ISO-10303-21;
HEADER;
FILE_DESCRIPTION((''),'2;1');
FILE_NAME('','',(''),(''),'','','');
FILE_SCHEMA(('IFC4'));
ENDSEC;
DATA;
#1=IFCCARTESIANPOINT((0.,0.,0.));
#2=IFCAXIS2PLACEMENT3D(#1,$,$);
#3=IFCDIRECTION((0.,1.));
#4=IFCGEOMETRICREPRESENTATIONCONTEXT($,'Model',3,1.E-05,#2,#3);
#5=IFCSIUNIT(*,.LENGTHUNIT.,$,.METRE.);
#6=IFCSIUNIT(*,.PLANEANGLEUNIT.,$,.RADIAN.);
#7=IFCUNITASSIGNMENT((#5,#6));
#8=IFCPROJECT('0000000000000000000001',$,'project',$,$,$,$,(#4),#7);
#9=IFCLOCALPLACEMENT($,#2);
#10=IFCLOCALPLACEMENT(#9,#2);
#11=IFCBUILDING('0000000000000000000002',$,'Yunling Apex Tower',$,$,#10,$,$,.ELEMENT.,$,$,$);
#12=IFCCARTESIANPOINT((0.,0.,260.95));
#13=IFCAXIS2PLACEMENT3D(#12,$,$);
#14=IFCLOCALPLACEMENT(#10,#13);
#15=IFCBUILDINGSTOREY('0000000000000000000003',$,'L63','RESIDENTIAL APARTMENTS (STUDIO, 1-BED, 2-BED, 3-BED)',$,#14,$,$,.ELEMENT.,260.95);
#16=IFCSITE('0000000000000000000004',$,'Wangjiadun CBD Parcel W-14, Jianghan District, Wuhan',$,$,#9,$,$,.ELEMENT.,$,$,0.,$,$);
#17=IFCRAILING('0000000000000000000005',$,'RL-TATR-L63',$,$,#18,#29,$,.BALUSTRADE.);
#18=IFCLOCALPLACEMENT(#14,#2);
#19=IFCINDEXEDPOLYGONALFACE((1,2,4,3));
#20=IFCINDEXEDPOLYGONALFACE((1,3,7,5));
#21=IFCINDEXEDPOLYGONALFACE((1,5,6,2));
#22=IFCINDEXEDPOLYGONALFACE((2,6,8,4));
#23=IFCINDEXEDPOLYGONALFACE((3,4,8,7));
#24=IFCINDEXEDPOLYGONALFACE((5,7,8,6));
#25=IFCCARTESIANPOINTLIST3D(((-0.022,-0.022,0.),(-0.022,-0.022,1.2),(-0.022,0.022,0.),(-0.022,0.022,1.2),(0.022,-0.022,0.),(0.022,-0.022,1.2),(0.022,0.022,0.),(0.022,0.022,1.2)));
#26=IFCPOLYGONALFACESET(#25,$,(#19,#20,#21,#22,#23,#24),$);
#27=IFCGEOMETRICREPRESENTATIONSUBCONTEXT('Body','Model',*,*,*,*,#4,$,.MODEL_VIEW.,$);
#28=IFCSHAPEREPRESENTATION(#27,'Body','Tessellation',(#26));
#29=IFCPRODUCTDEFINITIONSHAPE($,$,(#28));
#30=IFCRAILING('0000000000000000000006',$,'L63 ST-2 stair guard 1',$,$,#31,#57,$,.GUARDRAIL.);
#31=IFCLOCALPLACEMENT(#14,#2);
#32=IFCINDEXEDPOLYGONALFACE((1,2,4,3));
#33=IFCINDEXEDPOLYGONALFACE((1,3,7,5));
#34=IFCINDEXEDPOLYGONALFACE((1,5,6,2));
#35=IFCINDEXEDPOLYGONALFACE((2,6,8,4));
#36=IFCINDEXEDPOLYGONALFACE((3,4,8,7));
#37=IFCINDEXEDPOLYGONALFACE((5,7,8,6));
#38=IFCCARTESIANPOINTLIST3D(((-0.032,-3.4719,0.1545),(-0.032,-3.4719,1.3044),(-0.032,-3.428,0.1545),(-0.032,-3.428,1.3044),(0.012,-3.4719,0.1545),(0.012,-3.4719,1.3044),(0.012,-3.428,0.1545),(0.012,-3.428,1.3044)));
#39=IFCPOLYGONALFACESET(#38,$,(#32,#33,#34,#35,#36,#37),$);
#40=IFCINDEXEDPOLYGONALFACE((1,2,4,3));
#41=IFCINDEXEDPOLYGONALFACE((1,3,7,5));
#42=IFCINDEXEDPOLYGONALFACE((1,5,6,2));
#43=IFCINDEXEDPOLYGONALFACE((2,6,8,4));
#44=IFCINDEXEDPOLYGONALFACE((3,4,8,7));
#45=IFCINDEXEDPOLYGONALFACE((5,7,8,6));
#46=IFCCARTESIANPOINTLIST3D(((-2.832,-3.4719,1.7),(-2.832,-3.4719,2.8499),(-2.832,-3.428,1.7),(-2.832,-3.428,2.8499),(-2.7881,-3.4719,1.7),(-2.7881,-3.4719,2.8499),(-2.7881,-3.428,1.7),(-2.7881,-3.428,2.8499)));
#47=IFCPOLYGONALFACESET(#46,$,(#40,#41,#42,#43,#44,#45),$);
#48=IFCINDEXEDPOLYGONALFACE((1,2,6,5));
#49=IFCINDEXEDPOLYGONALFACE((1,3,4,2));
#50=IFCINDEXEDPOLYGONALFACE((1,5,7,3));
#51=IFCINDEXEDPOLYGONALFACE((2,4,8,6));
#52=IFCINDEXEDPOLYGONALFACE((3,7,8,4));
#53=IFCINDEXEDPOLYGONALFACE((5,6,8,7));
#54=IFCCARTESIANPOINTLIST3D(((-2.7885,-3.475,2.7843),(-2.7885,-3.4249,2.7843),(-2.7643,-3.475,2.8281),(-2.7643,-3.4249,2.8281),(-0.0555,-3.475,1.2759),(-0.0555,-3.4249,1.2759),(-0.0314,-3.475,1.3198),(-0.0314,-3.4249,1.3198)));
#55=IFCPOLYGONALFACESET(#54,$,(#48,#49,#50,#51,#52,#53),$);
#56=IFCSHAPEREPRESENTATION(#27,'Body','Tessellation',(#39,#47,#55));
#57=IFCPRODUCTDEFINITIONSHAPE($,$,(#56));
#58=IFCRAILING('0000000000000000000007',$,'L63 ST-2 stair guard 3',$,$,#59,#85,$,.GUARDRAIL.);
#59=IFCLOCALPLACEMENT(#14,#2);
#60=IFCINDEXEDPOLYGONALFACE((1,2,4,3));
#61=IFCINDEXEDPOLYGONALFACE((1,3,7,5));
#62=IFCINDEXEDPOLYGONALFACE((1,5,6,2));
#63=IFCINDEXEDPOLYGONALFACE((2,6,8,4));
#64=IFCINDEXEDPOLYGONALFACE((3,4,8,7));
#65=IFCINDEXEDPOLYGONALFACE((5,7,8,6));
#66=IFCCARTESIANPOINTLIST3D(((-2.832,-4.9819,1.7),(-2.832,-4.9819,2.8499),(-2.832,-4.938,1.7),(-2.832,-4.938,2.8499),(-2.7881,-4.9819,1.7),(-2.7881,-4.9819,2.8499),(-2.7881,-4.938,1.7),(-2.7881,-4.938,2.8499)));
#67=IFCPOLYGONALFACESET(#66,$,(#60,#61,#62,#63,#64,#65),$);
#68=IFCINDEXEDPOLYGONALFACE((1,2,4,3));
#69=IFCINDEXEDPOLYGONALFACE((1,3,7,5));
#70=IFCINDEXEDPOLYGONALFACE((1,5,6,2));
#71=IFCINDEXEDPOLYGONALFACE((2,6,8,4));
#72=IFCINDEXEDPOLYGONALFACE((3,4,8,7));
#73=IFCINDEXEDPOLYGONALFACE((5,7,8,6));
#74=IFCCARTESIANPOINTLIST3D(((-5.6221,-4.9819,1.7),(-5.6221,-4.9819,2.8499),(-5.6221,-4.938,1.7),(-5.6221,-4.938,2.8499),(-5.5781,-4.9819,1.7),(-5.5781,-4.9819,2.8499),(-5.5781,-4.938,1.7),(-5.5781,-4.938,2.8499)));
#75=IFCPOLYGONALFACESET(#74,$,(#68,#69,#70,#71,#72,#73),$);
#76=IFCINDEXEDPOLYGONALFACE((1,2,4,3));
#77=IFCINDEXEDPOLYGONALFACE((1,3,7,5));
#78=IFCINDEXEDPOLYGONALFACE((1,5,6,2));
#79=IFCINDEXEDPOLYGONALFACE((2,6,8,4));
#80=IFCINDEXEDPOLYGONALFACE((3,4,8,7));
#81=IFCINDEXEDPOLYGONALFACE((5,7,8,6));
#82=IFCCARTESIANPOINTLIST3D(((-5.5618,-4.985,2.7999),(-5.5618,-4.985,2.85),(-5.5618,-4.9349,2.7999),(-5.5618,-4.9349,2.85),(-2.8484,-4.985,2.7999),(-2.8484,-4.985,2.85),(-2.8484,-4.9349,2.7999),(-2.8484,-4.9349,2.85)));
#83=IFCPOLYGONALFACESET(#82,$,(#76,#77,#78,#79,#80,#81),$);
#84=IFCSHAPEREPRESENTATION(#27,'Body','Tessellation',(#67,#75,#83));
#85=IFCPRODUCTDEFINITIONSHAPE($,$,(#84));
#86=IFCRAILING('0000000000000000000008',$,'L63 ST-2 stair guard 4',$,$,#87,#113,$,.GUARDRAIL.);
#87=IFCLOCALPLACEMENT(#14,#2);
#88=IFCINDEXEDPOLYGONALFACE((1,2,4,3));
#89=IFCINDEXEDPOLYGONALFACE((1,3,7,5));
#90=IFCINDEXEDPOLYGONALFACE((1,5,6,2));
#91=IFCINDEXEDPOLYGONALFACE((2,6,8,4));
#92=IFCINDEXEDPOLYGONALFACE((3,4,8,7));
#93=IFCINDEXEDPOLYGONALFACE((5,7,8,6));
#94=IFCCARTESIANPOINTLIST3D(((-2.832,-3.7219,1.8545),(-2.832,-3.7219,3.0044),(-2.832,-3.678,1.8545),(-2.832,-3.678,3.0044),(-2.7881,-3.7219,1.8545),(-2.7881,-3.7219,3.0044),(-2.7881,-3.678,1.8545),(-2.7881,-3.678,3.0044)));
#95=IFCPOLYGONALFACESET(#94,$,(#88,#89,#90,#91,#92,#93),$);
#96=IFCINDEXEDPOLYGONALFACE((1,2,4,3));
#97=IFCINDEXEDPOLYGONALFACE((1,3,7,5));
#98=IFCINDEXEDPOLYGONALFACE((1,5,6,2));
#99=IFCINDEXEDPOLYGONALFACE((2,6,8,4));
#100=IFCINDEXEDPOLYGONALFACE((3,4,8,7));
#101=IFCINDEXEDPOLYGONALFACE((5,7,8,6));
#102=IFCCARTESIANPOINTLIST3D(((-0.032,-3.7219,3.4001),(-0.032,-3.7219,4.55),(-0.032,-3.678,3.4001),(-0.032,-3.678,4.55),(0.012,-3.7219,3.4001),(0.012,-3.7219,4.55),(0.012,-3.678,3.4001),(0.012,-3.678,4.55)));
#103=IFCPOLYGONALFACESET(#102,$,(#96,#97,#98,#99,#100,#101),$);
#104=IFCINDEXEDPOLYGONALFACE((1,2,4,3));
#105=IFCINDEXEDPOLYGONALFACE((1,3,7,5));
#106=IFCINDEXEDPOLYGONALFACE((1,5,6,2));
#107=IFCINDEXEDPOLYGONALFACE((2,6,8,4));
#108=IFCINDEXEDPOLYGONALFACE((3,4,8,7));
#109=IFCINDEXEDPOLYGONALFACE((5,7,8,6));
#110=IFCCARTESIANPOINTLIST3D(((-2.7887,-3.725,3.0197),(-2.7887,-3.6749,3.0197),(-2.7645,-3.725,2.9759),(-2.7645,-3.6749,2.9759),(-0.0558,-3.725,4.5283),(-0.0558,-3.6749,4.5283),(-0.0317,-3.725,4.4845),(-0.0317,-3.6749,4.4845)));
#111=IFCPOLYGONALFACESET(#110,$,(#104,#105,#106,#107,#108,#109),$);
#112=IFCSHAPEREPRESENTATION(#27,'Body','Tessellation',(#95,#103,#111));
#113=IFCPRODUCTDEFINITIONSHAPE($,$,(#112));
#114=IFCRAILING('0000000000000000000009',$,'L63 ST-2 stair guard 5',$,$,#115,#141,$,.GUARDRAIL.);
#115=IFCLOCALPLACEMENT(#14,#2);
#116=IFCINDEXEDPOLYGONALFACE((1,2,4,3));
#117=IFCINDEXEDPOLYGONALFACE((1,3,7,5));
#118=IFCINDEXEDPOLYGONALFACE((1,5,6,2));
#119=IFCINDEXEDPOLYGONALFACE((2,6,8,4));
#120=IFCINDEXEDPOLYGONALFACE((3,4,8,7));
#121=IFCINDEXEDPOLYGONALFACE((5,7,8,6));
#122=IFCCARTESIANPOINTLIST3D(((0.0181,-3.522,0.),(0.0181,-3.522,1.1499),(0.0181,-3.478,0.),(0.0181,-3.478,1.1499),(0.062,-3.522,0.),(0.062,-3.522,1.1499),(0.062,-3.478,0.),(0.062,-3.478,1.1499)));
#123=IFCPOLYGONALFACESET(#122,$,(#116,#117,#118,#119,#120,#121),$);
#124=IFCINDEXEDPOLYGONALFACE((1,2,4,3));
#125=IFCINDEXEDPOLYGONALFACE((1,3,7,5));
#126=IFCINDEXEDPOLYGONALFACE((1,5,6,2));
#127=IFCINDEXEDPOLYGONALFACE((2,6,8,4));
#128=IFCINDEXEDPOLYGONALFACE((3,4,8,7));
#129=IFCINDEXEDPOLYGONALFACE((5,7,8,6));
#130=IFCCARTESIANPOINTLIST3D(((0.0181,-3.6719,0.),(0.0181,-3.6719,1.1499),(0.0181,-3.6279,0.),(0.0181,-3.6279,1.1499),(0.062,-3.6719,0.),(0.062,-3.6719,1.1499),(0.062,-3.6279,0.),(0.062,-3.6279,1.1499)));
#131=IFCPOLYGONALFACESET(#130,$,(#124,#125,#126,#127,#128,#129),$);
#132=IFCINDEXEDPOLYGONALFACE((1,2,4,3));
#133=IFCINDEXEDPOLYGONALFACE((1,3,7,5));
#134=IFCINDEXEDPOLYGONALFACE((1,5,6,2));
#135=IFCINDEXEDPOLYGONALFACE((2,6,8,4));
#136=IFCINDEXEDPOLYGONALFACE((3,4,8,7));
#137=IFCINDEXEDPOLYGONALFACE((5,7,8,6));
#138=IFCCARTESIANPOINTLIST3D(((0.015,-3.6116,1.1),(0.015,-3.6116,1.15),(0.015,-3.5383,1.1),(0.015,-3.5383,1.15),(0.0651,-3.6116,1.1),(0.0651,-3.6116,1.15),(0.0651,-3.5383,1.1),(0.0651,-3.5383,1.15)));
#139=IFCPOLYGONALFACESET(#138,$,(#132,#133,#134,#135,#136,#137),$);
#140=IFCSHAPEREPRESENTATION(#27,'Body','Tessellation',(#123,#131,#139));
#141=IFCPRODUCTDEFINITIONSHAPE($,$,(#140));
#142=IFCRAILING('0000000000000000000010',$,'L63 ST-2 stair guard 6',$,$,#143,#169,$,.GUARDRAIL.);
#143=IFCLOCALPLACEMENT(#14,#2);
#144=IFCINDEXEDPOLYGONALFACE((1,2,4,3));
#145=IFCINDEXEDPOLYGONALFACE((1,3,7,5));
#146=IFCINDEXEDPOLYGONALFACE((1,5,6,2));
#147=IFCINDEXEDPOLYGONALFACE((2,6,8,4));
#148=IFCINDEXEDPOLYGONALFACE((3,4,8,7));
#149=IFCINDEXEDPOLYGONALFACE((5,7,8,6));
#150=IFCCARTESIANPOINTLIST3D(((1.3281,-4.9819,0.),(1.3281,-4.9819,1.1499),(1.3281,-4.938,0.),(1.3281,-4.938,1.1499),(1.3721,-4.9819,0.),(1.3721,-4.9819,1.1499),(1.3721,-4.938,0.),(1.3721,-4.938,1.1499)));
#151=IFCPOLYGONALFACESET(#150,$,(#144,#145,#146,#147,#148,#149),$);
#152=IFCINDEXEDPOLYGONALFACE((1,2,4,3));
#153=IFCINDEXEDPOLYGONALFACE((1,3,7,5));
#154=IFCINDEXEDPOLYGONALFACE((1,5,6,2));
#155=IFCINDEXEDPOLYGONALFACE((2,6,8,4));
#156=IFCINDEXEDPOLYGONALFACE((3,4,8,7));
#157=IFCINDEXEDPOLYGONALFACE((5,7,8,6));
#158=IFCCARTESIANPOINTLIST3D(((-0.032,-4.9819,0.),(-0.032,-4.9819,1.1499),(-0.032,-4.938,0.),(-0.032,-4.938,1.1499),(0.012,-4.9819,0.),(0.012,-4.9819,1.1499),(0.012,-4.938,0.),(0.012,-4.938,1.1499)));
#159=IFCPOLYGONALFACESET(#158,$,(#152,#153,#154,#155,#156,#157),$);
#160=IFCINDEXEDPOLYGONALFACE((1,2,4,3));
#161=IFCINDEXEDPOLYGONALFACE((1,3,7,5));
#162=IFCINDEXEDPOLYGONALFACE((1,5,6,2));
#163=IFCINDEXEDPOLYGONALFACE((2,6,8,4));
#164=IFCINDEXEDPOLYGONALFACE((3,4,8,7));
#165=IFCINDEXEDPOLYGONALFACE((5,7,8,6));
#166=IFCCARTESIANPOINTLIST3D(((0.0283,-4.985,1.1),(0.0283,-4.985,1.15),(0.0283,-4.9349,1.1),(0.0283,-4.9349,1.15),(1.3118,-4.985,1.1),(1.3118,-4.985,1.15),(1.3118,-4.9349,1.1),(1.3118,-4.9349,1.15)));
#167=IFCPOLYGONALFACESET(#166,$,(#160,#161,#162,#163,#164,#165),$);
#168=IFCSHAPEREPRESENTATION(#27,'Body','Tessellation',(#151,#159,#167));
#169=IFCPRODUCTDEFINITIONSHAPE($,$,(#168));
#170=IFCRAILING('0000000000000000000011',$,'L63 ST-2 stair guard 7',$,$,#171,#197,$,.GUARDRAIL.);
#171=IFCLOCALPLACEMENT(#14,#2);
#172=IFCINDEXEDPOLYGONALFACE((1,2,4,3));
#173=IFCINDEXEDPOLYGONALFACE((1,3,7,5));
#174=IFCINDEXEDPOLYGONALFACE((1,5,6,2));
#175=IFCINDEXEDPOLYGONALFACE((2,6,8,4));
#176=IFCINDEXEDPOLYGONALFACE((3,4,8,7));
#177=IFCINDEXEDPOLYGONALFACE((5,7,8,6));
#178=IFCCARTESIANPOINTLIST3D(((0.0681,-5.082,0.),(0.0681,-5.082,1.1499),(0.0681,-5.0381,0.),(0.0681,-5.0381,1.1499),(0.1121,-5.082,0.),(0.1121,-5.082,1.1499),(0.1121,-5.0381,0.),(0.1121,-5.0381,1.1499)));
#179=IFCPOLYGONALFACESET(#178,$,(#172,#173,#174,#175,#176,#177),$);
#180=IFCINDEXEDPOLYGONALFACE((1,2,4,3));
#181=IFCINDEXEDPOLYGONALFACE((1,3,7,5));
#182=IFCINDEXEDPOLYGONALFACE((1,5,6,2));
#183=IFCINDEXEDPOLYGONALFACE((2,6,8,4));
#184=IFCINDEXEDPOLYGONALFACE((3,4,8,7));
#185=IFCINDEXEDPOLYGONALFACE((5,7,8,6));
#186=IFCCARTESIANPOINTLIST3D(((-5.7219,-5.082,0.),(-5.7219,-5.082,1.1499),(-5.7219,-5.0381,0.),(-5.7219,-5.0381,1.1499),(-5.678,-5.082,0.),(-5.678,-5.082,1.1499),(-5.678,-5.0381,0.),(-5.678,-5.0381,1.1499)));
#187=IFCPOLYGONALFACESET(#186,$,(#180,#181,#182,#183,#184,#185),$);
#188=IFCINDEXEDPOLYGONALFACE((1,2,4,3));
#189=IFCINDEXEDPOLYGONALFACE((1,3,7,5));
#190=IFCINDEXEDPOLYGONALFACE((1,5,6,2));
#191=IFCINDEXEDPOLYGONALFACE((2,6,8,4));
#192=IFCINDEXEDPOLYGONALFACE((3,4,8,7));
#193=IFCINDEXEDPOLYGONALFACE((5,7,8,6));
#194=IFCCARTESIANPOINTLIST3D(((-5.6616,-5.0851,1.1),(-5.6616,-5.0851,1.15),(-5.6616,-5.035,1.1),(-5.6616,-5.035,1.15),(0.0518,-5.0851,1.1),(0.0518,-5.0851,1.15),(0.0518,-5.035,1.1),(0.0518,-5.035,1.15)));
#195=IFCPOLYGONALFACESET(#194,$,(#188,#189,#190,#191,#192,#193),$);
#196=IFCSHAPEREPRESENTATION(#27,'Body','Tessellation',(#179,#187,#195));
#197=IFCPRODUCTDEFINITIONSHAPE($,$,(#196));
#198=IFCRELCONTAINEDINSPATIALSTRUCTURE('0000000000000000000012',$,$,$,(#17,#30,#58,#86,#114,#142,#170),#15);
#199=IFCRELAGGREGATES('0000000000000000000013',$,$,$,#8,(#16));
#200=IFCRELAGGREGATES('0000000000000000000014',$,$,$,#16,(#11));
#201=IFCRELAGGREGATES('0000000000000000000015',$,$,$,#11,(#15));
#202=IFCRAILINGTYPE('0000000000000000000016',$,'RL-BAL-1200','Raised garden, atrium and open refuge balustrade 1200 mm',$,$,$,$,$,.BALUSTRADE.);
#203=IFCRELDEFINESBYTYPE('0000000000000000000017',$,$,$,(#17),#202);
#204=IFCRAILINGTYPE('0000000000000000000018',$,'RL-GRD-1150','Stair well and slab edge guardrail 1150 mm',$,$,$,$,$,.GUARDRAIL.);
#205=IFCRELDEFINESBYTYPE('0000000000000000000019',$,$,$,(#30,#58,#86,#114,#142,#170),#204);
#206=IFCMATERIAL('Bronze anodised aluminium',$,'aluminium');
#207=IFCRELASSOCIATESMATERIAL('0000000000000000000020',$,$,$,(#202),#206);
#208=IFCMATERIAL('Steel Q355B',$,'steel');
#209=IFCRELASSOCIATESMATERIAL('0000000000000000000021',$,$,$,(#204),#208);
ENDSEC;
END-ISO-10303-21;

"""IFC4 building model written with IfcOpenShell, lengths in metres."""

from ifc_helpers import new_model, si_unit, direction, frame, origin, origin_2d, place, context, subcontext, project, spatial, rectangle, extrude, material, type_object, element, save


model = new_model("IFC4")

# Units and contexts
model_context = context("Model", 3, precision=1e-05, world=origin(), true_north=direction((0.0, 1.0)))
body_context = subcontext(model_context, "Body", "Model", "MODEL_VIEW")
ifc_project = project(units=[si_unit("LENGTHUNIT", "METRE"), si_unit("PLANEANGLEUNIT", "RADIAN")], contexts=[model_context])

# Site, building, storey
site_placement = place(None, origin())
site = spatial("IfcSite", under=ifc_project, at=site_placement, Name="Wangjiadun CBD Parcel W-14, Jianghan District, Wuhan", CompositionType="ELEMENT", RefElevation=0.0)
building_placement = place(site_placement, origin())
building = spatial("IfcBuilding", under=site, at=building_placement, Name="Yunling Apex Tower", CompositionType="ELEMENT")
storey_placement = place(building_placement, frame((0.0, 0.0, 260.95)))
storey = spatial("IfcBuildingStorey", under=building, at=storey_placement, Name="L63", Description="RESIDENTIAL APARTMENTS (STUDIO, 1-BED, 2-BED, 3-BED)", CompositionType="ELEMENT", Elevation=260.95)

# Shared definitions
ifc_material_1 = material(Name="Steel Q355B", Category="steel")

# Shared definitions
ifc_material_2 = material(Name="Bronze anodised aluminium", Category="aluminium")

# Railings
railing_type_1 = type_object("IfcRailingType", Name="RL-BAL-1200", Description="Raised garden, atrium and open refuge balustrade 1200 mm", PredefinedType="BALUSTRADE", material=ifc_material_2)
railing_1_placement = place(storey_placement, origin())
element("IfcRailing", 1, at=railing_1_placement, inside=storey, type_object=railing_type_1, Name="RL-TATR-L63", PredefinedType="BALUSTRADE", context=body_context, shape_type="SweptSolid", body=[
    extrude(rectangle(XDim=0.0439, YDim=0.0439, at=origin_2d()), origin(), (0.0, 0.0, 1.0), 1.2),
])
railing_type_2 = type_object("IfcRailingType", Name="RL-GRD-1150", Description="Stair well and slab edge guardrail 1150 mm", PredefinedType="GUARDRAIL", material=ifc_material_1)
railing_2_placement = place(storey_placement, frame((-0.01, -3.45, 0.1545)))
element("IfcRailing", 2, at=railing_2_placement, inside=storey, type_object=railing_type_2, Name="L63 ST-2 stair guard 1", PredefinedType="GUARDRAIL", context=body_context, shape_type="SweptSolid", body=[
    extrude(rectangle(XDim=0.0439, YDim=0.0439, at=origin_2d()), origin(), (0.0, 0.0, 1.0), 1.1499),
    extrude(rectangle(XDim=0.0439, YDim=0.0439, at=origin_2d()), frame((-2.8, 0.0, 1.5454)), (0.0, 0.0, 1.0), 1.1499),
    extrude(rectangle(XDim=0.05, YDim=0.05, at=origin_2d()), frame((-0.0334, 0.0, 1.1433), z_axis=(-0.875504, 0.0, 0.483211), x_axis=(0.0, -1.0, 0.0)), (0.0, 0.0, 1.0), 3.1216),
])
railing_3_placement = place(storey_placement, frame((-2.8101, -4.96, 1.7)))
element("IfcRailing", 3, at=railing_3_placement, inside=storey, type_object=railing_type_2, Name="L63 ST-2 stair guard 3", PredefinedType="GUARDRAIL", context=body_context, shape_type="SweptSolid", body=[
    extrude(rectangle(XDim=0.0439, YDim=0.0439, at=origin_2d()), origin(), (0.0, 0.0, 1.0), 1.1499),
    extrude(rectangle(XDim=0.0439, YDim=0.0439, at=origin_2d()), frame((-2.79, 0.0, 0.0)), (0.0, 0.0, 1.0), 1.1499),
    extrude(rectangle(XDim=0.05, YDim=0.05, at=origin_2d()), frame((-0.0383, 0.0, 1.125), z_axis=(-1.0, 0.0, 0.0), x_axis=(0.0, -1.0, 0.0)), (0.0, 0.0, 1.0), 2.7134),
])
railing_4_placement = place(storey_placement, frame((-2.8101, -3.7, 1.8545)))
element("IfcRailing", 4, at=railing_4_placement, inside=storey, type_object=railing_type_2, Name="L63 ST-2 stair guard 4", PredefinedType="GUARDRAIL", context=body_context, shape_type="SweptSolid", body=[
    extrude(rectangle(XDim=0.0439, YDim=0.0439, at=origin_2d()), origin(), (0.0, 0.0, 1.0), 1.1499),
    extrude(rectangle(XDim=0.0439, YDim=0.0439, at=origin_2d()), frame((2.8, 0.0, 1.5457)), (0.0, 0.0, 1.0), 1.1499),
    extrude(rectangle(XDim=0.05, YDim=0.05, at=origin_2d()), frame((0.0334, 0.0, 1.1433), z_axis=(0.875472, 0.0, 0.483269), x_axis=(0.0, 1.0, 0.0)), (0.0, 0.0, 1.0), 3.1216),
])
railing_5_placement = place(storey_placement, frame((0.04, -3.5, 0.0)))
element("IfcRailing", 5, at=railing_5_placement, inside=storey, type_object=railing_type_2, Name="L63 ST-2 stair guard 5", PredefinedType="GUARDRAIL", context=body_context, shape_type="SweptSolid", body=[
    extrude(rectangle(XDim=0.0439, YDim=0.0439, at=origin_2d()), origin(), (0.0, 0.0, 1.0), 1.1499),
    extrude(rectangle(XDim=0.0439, YDim=0.0439, at=origin_2d()), frame((0.0, -0.1499, 0.0)), (0.0, 0.0, 1.0), 1.1499),
    extrude(rectangle(XDim=0.05, YDim=0.05, at=origin_2d()), frame((0.0, -0.0383, 1.125), z_axis=(0.0, -1.0, 0.0), x_axis=(1.0, 0.0, 0.0)), (0.0, 0.0, 1.0), 0.0732),
])
railing_6_placement = place(storey_placement, frame((1.3501, -4.96, 0.0)))
element("IfcRailing", 6, at=railing_6_placement, inside=storey, type_object=railing_type_2, Name="L63 ST-2 stair guard 6", PredefinedType="GUARDRAIL", context=body_context, shape_type="SweptSolid", body=[
    extrude(rectangle(XDim=0.0439, YDim=0.0439, at=origin_2d()), origin(), (0.0, 0.0, 1.0), 1.1499),
    extrude(rectangle(XDim=0.0439, YDim=0.0439, at=origin_2d()), frame((-1.3601, 0.0, 0.0)), (0.0, 0.0, 1.0), 1.1499),
    extrude(rectangle(XDim=0.05, YDim=0.05, at=origin_2d()), frame((-0.0383, 0.0, 1.125), z_axis=(-1.0, 0.0, 0.0), x_axis=(0.0, -1.0, 0.0)), (0.0, 0.0, 1.0), 1.2834),
])
railing_7_placement = place(storey_placement, frame((0.0901, -5.0601, 0.0)))
element("IfcRailing", 7, at=railing_7_placement, inside=storey, type_object=railing_type_2, Name="L63 ST-2 stair guard 7", PredefinedType="GUARDRAIL", context=body_context, shape_type="SweptSolid", body=[
    extrude(rectangle(XDim=0.0439, YDim=0.0439, at=origin_2d()), origin(), (0.0, 0.0, 1.0), 1.1499),
    extrude(rectangle(XDim=0.0439, YDim=0.0439, at=origin_2d()), frame((-5.79, 0.0, 0.0)), (0.0, 0.0, 1.0), 1.1499),
    extrude(rectangle(XDim=0.05, YDim=0.05, at=origin_2d()), frame((-0.0383, 0.0, 1.125), z_axis=(-1.0, 0.0, 0.0), x_axis=(0.0, -1.0, 0.0)), (0.0, 0.0, 1.0), 5.7134),
])

save(model, "model.ifc")
